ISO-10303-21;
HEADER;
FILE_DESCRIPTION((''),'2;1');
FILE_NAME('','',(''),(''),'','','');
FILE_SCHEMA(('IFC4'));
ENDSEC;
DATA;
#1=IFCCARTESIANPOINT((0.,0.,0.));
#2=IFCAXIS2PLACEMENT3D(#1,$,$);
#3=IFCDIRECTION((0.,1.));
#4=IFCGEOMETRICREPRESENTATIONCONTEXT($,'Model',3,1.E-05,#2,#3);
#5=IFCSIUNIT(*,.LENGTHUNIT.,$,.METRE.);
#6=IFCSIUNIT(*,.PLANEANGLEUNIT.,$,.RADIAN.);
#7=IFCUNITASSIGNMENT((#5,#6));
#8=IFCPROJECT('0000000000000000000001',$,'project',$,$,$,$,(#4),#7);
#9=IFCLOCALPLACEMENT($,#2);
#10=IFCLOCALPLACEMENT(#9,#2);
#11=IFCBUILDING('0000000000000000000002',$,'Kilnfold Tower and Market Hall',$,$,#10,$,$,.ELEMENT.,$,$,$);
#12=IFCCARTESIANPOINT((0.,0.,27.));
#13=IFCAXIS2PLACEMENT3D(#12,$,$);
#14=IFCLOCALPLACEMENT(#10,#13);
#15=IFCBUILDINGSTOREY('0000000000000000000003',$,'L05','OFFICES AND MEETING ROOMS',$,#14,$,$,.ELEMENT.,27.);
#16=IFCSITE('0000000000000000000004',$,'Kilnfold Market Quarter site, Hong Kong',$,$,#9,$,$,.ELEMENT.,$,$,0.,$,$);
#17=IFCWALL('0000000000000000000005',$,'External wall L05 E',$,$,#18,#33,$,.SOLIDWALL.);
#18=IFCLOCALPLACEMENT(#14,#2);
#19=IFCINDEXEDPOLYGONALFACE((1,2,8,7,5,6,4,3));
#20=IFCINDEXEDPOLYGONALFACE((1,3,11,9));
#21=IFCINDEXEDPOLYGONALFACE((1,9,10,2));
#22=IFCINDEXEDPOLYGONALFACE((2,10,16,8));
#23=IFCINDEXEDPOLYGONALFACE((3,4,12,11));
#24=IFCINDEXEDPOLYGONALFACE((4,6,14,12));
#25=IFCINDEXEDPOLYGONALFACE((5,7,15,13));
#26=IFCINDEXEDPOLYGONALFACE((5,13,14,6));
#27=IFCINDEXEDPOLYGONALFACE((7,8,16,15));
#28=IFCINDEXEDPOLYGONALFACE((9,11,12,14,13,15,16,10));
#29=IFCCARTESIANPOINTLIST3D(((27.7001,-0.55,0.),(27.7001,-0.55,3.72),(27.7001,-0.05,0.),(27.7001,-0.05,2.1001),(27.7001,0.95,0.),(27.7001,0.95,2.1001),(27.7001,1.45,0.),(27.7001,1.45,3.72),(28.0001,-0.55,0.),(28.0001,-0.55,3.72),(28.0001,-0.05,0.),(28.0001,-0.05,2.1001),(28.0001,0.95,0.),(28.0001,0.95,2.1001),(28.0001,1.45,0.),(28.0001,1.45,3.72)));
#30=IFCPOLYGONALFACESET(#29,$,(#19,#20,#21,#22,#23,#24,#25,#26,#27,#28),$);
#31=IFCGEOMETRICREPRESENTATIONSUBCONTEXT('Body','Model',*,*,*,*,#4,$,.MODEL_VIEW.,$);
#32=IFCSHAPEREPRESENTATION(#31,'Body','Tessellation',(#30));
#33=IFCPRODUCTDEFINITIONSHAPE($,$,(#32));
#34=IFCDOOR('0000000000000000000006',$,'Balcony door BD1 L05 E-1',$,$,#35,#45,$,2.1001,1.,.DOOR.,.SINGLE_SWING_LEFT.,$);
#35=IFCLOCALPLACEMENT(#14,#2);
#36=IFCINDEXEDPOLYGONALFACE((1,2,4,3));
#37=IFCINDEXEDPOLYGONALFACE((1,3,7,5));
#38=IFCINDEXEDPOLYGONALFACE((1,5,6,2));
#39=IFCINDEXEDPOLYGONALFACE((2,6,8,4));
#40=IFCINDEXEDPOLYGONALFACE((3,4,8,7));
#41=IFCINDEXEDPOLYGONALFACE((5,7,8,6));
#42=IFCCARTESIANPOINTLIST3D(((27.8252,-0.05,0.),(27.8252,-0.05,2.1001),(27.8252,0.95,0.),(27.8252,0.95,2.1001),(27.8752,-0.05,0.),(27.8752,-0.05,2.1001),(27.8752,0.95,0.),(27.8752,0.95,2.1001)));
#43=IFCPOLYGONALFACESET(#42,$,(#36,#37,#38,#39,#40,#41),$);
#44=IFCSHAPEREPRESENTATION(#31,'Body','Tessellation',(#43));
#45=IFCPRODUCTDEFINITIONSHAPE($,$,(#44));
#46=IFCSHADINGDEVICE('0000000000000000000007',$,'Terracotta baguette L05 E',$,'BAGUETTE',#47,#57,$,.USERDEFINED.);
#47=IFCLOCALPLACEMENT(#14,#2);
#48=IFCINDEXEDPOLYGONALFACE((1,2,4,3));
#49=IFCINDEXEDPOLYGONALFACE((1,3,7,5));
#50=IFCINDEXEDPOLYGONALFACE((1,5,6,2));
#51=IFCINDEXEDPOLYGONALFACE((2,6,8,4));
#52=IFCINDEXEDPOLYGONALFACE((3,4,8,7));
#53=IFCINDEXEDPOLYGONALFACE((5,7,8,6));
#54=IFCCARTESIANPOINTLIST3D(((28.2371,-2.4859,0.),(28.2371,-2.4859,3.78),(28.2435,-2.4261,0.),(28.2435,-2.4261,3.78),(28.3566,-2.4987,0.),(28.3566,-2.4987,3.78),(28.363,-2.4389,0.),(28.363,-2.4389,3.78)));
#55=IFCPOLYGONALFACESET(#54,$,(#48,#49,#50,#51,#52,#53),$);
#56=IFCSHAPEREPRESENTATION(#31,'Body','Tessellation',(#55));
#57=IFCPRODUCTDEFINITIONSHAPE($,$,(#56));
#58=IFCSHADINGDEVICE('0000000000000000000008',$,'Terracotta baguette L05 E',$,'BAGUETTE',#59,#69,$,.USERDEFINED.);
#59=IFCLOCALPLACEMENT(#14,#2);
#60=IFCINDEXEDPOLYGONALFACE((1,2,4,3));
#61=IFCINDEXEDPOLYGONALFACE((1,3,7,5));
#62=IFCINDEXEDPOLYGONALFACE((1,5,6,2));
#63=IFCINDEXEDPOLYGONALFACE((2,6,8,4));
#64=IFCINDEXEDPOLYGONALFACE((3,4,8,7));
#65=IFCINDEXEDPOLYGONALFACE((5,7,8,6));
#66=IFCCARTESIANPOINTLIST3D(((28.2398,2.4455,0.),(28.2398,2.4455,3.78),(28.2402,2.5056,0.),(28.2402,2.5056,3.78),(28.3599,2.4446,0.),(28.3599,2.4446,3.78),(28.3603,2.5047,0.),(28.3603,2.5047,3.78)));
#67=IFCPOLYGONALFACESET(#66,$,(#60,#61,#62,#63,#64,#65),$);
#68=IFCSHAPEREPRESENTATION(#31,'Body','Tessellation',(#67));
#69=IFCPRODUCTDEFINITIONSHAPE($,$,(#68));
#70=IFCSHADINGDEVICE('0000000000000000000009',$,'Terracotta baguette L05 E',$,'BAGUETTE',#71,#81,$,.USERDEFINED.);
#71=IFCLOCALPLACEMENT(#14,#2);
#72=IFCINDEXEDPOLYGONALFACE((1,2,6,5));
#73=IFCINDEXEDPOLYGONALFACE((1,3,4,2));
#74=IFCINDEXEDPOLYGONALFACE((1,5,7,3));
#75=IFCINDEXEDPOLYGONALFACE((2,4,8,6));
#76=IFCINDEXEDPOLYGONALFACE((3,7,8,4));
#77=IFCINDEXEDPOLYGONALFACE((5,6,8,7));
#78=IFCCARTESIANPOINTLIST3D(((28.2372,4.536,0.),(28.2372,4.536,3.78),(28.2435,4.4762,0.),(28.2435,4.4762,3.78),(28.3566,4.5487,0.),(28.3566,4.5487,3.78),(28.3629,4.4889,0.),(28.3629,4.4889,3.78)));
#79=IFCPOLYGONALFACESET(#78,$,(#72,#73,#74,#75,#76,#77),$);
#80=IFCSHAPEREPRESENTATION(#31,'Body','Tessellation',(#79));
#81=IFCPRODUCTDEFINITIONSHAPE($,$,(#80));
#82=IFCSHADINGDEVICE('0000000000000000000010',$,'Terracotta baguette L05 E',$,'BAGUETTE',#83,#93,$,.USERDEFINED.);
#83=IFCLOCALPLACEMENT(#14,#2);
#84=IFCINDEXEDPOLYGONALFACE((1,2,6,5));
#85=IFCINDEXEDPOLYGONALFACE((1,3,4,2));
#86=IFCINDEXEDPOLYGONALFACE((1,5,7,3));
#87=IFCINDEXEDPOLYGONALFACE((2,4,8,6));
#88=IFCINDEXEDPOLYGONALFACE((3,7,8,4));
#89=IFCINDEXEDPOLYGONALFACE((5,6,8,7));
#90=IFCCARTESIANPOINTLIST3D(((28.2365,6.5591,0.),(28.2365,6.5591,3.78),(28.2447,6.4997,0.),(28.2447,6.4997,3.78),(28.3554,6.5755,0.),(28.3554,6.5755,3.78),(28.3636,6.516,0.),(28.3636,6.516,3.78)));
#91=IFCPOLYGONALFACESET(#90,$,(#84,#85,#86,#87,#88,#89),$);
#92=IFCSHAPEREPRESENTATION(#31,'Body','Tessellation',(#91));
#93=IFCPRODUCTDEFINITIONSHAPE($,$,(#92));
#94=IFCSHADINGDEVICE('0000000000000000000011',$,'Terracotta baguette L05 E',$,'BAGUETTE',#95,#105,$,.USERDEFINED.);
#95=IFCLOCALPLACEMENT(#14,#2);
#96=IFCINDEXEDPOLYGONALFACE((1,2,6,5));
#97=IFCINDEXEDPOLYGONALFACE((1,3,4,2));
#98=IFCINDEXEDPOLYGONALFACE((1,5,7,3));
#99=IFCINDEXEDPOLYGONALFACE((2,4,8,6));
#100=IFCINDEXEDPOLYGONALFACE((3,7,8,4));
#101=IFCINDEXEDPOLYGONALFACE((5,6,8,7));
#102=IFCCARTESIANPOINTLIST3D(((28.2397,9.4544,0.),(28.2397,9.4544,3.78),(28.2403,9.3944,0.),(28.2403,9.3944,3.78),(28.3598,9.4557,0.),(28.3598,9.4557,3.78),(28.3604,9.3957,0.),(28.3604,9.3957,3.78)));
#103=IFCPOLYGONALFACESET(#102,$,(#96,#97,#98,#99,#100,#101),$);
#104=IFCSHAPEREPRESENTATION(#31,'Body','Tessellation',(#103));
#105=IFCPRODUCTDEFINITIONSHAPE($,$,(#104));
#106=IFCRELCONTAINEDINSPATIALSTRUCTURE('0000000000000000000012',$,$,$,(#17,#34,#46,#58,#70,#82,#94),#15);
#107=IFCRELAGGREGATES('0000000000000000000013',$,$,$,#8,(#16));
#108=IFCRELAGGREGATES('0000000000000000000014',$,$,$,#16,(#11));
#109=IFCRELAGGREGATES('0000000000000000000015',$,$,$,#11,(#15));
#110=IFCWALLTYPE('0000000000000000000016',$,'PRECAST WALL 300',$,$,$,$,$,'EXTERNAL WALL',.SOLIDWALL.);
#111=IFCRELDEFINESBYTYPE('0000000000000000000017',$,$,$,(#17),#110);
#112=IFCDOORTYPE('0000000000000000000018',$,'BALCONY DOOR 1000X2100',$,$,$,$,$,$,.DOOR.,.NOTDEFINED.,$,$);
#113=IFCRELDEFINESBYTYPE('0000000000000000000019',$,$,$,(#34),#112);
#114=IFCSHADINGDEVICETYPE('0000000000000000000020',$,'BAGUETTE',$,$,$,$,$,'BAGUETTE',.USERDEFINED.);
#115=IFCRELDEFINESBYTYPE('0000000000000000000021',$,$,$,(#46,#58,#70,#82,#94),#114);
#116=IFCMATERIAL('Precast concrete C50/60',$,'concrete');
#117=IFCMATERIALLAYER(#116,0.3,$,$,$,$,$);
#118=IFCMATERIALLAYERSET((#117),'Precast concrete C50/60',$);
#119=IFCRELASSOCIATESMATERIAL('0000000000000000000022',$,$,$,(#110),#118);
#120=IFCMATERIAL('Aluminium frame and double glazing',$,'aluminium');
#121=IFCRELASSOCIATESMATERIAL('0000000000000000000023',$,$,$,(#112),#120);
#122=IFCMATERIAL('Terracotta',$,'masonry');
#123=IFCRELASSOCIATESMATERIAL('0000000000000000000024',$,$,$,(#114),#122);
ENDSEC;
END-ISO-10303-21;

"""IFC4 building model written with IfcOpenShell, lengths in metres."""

from ifc_helpers import new_model, si_unit, direction, frame, frame_2d, origin, origin_2d, place, context, subcontext, project, spatial, rectangle, extrude, source, transform, mapped, material, layer, layer_set, material_profile, profile_set, type_object, element, fill, save


model = new_model("IFC4")

# Units and contexts
model_context = context("Model", 3, precision=1e-05, world=origin(), true_north=direction((0.0, 1.0)))
body_context = subcontext(model_context, "Body", "Model", "MODEL_VIEW")
ifc_project = project(units=[si_unit("LENGTHUNIT", "METRE"), si_unit("PLANEANGLEUNIT", "RADIAN")], contexts=[model_context])

# Site, building, storey
site_placement = place(None, origin())
site = spatial("IfcSite", under=ifc_project, at=site_placement, Name="Kilnfold Market Quarter site, Hong Kong", CompositionType="ELEMENT", RefElevation=0.0)
building_placement = place(site_placement, origin())
building = spatial("IfcBuilding", under=site, at=building_placement, Name="Kilnfold Tower and Market Hall", CompositionType="ELEMENT")
storey_placement = place(building_placement, frame((0.0, 0.0, 27.0)))
storey = spatial("IfcBuildingStorey", under=building, at=storey_placement, Name="L05", Description="OFFICES AND MEETING ROOMS", CompositionType="ELEMENT", Elevation=27.0)

# Wall, opening, door
ifc_material_1 = material(Name="Precast concrete C50/60", Category="concrete")
ifc_layer_1 = layer(ifc_material_1, 0.3)
ifc_layer_set_1 = layer_set([ifc_layer_1], Name="Precast concrete C50/60")
wall_type_1 = type_object("IfcWallType", Name="PRECAST WALL 300", ElementType="EXTERNAL WALL", PredefinedType="SOLIDWALL", material=ifc_layer_set_1)
shared_shape_1 = source(origin(), body_context, "Body", "SweptSolid", [
    extrude(rectangle(XDim=2.0, YDim=0.3, at=frame_2d((1.0, 0.0))), origin(), (0.0, 0.0, 1.0), 3.72),
])
wall_1_placement = place(storey_placement, frame((27.8501, -0.55, 0.0), z_axis=(0.0, 0.0, 1.0), x_axis=(0.0, 1.0, 0.0)))
wall_1 = element("IfcWall", 1, at=wall_1_placement, inside=storey, type_object=wall_type_1, Name="External wall L05 E", PredefinedType="SOLIDWALL", context=body_context, shape_type="MappedRepresentation", body=[
    mapped(shared_shape_1, transform((0.0, 0.0, 0.0))),
])
opening_1_placement = place(wall_1_placement, frame((0.5, 0.0, 0.0)))
opening_1 = element("IfcOpeningElement", 2, at=opening_1_placement, cuts=wall_1, PredefinedType="OPENING", context=body_context, shape_type="SweptSolid", body=[
    extrude(rectangle(XDim=1.0, YDim=2.1001, at=frame_2d((0.5, 1.05))), frame((0.0, 0.1602, 0.0), z_axis=(0.0, -1.0, 0.0), x_axis=(1.0, 0.0, 0.0)), (0.0, 0.0, 1.0), 0.3201),
])
ifc_material_2 = material(Name="Aluminium frame and double glazing", Category="aluminium")
door_type_1 = type_object("IfcDoorType", Name="BALCONY DOOR 1000X2100", OperationType="NOTDEFINED", PredefinedType="DOOR", material=ifc_material_2)
door_1_placement = place(opening_1_placement, origin())
door_1 = element("IfcDoor", 3, at=door_1_placement, inside=storey, type_object=door_type_1, Name="Balcony door BD1 L05 E-1", OperationType="SINGLE_SWING_LEFT", OverallHeight=2.1001, OverallWidth=1.0, PredefinedType="DOOR", context=body_context, shape_type="SweptSolid", body=[
    extrude(rectangle(XDim=1.0, YDim=2.1001, at=frame_2d((0.5, 1.05))), frame((0.0, 0.0249, 0.0), z_axis=(0.0, -1.0, 0.0), x_axis=(1.0, 0.0, 0.0)), (0.0, 0.0, 1.0), 0.05),
])
fill(opening_1, door_1)

# Shading devices
ifc_material_3 = material(Name="Terracotta", Category="masonry")
ifc_material_profile_1 = material_profile(ifc_material_3, rectangle(XDim=0.0601, YDim=0.1201, at=origin_2d()), Name="BAG 60x120")
ifc_profile_set_1 = profile_set([ifc_material_profile_1], Name="Terracotta")
shading_device_type = type_object("IfcShadingDeviceType", Name="BAGUETTE", ElementType="BAGUETTE", PredefinedType="USERDEFINED", material=ifc_profile_set_1)
shared_shape_2 = source(origin(), body_context, "Body", "SweptSolid", [
    extrude(rectangle(XDim=0.0601, YDim=0.1201, at=origin_2d()), origin(), (0.0, 0.0, 1.0), 3.78),
])
for number, where, z_axis, x_axis, name in (
    (4, (28.3, -2.4624, 0.0), (0.0, 0.0, 1.0), (0.106629, 0.994299, 0.0), "Terracotta baguette L05 E"),
    (5, (28.3, 2.4751, 0.0), (0.0, 0.0, 1.0), (0.007594, 0.999971, 0.0), "Terracotta baguette L05 E"),
    (6, (28.3, 4.5125, 0.0), (0.0, 0.0, 1.0), (-0.105618, 0.994407, 0.0), "Terracotta baguette L05 E"),
    (7, (28.3, 6.5376, 0.0), (0.0, 0.0, 1.0), (-0.136469, 0.990644, 0.0), "Terracotta baguette L05 E"),
    (8, (28.3, 9.425, 0.0), (0.0, 0.0, 1.0), (-0.010721, 0.999943, 0.0), "Terracotta baguette L05 E"),
):
    element("IfcShadingDevice", number, at=place(storey_placement, frame(where, z_axis=z_axis, x_axis=x_axis)), inside=storey, type_object=shading_device_type, Name=name, ObjectType="BAGUETTE", PredefinedType="USERDEFINED", context=body_context, shape_type="MappedRepresentation", body=[
        mapped(shared_shape_2, transform((0.0, 0.0, 0.0))),
    ])

save(model, "model.ifc")
